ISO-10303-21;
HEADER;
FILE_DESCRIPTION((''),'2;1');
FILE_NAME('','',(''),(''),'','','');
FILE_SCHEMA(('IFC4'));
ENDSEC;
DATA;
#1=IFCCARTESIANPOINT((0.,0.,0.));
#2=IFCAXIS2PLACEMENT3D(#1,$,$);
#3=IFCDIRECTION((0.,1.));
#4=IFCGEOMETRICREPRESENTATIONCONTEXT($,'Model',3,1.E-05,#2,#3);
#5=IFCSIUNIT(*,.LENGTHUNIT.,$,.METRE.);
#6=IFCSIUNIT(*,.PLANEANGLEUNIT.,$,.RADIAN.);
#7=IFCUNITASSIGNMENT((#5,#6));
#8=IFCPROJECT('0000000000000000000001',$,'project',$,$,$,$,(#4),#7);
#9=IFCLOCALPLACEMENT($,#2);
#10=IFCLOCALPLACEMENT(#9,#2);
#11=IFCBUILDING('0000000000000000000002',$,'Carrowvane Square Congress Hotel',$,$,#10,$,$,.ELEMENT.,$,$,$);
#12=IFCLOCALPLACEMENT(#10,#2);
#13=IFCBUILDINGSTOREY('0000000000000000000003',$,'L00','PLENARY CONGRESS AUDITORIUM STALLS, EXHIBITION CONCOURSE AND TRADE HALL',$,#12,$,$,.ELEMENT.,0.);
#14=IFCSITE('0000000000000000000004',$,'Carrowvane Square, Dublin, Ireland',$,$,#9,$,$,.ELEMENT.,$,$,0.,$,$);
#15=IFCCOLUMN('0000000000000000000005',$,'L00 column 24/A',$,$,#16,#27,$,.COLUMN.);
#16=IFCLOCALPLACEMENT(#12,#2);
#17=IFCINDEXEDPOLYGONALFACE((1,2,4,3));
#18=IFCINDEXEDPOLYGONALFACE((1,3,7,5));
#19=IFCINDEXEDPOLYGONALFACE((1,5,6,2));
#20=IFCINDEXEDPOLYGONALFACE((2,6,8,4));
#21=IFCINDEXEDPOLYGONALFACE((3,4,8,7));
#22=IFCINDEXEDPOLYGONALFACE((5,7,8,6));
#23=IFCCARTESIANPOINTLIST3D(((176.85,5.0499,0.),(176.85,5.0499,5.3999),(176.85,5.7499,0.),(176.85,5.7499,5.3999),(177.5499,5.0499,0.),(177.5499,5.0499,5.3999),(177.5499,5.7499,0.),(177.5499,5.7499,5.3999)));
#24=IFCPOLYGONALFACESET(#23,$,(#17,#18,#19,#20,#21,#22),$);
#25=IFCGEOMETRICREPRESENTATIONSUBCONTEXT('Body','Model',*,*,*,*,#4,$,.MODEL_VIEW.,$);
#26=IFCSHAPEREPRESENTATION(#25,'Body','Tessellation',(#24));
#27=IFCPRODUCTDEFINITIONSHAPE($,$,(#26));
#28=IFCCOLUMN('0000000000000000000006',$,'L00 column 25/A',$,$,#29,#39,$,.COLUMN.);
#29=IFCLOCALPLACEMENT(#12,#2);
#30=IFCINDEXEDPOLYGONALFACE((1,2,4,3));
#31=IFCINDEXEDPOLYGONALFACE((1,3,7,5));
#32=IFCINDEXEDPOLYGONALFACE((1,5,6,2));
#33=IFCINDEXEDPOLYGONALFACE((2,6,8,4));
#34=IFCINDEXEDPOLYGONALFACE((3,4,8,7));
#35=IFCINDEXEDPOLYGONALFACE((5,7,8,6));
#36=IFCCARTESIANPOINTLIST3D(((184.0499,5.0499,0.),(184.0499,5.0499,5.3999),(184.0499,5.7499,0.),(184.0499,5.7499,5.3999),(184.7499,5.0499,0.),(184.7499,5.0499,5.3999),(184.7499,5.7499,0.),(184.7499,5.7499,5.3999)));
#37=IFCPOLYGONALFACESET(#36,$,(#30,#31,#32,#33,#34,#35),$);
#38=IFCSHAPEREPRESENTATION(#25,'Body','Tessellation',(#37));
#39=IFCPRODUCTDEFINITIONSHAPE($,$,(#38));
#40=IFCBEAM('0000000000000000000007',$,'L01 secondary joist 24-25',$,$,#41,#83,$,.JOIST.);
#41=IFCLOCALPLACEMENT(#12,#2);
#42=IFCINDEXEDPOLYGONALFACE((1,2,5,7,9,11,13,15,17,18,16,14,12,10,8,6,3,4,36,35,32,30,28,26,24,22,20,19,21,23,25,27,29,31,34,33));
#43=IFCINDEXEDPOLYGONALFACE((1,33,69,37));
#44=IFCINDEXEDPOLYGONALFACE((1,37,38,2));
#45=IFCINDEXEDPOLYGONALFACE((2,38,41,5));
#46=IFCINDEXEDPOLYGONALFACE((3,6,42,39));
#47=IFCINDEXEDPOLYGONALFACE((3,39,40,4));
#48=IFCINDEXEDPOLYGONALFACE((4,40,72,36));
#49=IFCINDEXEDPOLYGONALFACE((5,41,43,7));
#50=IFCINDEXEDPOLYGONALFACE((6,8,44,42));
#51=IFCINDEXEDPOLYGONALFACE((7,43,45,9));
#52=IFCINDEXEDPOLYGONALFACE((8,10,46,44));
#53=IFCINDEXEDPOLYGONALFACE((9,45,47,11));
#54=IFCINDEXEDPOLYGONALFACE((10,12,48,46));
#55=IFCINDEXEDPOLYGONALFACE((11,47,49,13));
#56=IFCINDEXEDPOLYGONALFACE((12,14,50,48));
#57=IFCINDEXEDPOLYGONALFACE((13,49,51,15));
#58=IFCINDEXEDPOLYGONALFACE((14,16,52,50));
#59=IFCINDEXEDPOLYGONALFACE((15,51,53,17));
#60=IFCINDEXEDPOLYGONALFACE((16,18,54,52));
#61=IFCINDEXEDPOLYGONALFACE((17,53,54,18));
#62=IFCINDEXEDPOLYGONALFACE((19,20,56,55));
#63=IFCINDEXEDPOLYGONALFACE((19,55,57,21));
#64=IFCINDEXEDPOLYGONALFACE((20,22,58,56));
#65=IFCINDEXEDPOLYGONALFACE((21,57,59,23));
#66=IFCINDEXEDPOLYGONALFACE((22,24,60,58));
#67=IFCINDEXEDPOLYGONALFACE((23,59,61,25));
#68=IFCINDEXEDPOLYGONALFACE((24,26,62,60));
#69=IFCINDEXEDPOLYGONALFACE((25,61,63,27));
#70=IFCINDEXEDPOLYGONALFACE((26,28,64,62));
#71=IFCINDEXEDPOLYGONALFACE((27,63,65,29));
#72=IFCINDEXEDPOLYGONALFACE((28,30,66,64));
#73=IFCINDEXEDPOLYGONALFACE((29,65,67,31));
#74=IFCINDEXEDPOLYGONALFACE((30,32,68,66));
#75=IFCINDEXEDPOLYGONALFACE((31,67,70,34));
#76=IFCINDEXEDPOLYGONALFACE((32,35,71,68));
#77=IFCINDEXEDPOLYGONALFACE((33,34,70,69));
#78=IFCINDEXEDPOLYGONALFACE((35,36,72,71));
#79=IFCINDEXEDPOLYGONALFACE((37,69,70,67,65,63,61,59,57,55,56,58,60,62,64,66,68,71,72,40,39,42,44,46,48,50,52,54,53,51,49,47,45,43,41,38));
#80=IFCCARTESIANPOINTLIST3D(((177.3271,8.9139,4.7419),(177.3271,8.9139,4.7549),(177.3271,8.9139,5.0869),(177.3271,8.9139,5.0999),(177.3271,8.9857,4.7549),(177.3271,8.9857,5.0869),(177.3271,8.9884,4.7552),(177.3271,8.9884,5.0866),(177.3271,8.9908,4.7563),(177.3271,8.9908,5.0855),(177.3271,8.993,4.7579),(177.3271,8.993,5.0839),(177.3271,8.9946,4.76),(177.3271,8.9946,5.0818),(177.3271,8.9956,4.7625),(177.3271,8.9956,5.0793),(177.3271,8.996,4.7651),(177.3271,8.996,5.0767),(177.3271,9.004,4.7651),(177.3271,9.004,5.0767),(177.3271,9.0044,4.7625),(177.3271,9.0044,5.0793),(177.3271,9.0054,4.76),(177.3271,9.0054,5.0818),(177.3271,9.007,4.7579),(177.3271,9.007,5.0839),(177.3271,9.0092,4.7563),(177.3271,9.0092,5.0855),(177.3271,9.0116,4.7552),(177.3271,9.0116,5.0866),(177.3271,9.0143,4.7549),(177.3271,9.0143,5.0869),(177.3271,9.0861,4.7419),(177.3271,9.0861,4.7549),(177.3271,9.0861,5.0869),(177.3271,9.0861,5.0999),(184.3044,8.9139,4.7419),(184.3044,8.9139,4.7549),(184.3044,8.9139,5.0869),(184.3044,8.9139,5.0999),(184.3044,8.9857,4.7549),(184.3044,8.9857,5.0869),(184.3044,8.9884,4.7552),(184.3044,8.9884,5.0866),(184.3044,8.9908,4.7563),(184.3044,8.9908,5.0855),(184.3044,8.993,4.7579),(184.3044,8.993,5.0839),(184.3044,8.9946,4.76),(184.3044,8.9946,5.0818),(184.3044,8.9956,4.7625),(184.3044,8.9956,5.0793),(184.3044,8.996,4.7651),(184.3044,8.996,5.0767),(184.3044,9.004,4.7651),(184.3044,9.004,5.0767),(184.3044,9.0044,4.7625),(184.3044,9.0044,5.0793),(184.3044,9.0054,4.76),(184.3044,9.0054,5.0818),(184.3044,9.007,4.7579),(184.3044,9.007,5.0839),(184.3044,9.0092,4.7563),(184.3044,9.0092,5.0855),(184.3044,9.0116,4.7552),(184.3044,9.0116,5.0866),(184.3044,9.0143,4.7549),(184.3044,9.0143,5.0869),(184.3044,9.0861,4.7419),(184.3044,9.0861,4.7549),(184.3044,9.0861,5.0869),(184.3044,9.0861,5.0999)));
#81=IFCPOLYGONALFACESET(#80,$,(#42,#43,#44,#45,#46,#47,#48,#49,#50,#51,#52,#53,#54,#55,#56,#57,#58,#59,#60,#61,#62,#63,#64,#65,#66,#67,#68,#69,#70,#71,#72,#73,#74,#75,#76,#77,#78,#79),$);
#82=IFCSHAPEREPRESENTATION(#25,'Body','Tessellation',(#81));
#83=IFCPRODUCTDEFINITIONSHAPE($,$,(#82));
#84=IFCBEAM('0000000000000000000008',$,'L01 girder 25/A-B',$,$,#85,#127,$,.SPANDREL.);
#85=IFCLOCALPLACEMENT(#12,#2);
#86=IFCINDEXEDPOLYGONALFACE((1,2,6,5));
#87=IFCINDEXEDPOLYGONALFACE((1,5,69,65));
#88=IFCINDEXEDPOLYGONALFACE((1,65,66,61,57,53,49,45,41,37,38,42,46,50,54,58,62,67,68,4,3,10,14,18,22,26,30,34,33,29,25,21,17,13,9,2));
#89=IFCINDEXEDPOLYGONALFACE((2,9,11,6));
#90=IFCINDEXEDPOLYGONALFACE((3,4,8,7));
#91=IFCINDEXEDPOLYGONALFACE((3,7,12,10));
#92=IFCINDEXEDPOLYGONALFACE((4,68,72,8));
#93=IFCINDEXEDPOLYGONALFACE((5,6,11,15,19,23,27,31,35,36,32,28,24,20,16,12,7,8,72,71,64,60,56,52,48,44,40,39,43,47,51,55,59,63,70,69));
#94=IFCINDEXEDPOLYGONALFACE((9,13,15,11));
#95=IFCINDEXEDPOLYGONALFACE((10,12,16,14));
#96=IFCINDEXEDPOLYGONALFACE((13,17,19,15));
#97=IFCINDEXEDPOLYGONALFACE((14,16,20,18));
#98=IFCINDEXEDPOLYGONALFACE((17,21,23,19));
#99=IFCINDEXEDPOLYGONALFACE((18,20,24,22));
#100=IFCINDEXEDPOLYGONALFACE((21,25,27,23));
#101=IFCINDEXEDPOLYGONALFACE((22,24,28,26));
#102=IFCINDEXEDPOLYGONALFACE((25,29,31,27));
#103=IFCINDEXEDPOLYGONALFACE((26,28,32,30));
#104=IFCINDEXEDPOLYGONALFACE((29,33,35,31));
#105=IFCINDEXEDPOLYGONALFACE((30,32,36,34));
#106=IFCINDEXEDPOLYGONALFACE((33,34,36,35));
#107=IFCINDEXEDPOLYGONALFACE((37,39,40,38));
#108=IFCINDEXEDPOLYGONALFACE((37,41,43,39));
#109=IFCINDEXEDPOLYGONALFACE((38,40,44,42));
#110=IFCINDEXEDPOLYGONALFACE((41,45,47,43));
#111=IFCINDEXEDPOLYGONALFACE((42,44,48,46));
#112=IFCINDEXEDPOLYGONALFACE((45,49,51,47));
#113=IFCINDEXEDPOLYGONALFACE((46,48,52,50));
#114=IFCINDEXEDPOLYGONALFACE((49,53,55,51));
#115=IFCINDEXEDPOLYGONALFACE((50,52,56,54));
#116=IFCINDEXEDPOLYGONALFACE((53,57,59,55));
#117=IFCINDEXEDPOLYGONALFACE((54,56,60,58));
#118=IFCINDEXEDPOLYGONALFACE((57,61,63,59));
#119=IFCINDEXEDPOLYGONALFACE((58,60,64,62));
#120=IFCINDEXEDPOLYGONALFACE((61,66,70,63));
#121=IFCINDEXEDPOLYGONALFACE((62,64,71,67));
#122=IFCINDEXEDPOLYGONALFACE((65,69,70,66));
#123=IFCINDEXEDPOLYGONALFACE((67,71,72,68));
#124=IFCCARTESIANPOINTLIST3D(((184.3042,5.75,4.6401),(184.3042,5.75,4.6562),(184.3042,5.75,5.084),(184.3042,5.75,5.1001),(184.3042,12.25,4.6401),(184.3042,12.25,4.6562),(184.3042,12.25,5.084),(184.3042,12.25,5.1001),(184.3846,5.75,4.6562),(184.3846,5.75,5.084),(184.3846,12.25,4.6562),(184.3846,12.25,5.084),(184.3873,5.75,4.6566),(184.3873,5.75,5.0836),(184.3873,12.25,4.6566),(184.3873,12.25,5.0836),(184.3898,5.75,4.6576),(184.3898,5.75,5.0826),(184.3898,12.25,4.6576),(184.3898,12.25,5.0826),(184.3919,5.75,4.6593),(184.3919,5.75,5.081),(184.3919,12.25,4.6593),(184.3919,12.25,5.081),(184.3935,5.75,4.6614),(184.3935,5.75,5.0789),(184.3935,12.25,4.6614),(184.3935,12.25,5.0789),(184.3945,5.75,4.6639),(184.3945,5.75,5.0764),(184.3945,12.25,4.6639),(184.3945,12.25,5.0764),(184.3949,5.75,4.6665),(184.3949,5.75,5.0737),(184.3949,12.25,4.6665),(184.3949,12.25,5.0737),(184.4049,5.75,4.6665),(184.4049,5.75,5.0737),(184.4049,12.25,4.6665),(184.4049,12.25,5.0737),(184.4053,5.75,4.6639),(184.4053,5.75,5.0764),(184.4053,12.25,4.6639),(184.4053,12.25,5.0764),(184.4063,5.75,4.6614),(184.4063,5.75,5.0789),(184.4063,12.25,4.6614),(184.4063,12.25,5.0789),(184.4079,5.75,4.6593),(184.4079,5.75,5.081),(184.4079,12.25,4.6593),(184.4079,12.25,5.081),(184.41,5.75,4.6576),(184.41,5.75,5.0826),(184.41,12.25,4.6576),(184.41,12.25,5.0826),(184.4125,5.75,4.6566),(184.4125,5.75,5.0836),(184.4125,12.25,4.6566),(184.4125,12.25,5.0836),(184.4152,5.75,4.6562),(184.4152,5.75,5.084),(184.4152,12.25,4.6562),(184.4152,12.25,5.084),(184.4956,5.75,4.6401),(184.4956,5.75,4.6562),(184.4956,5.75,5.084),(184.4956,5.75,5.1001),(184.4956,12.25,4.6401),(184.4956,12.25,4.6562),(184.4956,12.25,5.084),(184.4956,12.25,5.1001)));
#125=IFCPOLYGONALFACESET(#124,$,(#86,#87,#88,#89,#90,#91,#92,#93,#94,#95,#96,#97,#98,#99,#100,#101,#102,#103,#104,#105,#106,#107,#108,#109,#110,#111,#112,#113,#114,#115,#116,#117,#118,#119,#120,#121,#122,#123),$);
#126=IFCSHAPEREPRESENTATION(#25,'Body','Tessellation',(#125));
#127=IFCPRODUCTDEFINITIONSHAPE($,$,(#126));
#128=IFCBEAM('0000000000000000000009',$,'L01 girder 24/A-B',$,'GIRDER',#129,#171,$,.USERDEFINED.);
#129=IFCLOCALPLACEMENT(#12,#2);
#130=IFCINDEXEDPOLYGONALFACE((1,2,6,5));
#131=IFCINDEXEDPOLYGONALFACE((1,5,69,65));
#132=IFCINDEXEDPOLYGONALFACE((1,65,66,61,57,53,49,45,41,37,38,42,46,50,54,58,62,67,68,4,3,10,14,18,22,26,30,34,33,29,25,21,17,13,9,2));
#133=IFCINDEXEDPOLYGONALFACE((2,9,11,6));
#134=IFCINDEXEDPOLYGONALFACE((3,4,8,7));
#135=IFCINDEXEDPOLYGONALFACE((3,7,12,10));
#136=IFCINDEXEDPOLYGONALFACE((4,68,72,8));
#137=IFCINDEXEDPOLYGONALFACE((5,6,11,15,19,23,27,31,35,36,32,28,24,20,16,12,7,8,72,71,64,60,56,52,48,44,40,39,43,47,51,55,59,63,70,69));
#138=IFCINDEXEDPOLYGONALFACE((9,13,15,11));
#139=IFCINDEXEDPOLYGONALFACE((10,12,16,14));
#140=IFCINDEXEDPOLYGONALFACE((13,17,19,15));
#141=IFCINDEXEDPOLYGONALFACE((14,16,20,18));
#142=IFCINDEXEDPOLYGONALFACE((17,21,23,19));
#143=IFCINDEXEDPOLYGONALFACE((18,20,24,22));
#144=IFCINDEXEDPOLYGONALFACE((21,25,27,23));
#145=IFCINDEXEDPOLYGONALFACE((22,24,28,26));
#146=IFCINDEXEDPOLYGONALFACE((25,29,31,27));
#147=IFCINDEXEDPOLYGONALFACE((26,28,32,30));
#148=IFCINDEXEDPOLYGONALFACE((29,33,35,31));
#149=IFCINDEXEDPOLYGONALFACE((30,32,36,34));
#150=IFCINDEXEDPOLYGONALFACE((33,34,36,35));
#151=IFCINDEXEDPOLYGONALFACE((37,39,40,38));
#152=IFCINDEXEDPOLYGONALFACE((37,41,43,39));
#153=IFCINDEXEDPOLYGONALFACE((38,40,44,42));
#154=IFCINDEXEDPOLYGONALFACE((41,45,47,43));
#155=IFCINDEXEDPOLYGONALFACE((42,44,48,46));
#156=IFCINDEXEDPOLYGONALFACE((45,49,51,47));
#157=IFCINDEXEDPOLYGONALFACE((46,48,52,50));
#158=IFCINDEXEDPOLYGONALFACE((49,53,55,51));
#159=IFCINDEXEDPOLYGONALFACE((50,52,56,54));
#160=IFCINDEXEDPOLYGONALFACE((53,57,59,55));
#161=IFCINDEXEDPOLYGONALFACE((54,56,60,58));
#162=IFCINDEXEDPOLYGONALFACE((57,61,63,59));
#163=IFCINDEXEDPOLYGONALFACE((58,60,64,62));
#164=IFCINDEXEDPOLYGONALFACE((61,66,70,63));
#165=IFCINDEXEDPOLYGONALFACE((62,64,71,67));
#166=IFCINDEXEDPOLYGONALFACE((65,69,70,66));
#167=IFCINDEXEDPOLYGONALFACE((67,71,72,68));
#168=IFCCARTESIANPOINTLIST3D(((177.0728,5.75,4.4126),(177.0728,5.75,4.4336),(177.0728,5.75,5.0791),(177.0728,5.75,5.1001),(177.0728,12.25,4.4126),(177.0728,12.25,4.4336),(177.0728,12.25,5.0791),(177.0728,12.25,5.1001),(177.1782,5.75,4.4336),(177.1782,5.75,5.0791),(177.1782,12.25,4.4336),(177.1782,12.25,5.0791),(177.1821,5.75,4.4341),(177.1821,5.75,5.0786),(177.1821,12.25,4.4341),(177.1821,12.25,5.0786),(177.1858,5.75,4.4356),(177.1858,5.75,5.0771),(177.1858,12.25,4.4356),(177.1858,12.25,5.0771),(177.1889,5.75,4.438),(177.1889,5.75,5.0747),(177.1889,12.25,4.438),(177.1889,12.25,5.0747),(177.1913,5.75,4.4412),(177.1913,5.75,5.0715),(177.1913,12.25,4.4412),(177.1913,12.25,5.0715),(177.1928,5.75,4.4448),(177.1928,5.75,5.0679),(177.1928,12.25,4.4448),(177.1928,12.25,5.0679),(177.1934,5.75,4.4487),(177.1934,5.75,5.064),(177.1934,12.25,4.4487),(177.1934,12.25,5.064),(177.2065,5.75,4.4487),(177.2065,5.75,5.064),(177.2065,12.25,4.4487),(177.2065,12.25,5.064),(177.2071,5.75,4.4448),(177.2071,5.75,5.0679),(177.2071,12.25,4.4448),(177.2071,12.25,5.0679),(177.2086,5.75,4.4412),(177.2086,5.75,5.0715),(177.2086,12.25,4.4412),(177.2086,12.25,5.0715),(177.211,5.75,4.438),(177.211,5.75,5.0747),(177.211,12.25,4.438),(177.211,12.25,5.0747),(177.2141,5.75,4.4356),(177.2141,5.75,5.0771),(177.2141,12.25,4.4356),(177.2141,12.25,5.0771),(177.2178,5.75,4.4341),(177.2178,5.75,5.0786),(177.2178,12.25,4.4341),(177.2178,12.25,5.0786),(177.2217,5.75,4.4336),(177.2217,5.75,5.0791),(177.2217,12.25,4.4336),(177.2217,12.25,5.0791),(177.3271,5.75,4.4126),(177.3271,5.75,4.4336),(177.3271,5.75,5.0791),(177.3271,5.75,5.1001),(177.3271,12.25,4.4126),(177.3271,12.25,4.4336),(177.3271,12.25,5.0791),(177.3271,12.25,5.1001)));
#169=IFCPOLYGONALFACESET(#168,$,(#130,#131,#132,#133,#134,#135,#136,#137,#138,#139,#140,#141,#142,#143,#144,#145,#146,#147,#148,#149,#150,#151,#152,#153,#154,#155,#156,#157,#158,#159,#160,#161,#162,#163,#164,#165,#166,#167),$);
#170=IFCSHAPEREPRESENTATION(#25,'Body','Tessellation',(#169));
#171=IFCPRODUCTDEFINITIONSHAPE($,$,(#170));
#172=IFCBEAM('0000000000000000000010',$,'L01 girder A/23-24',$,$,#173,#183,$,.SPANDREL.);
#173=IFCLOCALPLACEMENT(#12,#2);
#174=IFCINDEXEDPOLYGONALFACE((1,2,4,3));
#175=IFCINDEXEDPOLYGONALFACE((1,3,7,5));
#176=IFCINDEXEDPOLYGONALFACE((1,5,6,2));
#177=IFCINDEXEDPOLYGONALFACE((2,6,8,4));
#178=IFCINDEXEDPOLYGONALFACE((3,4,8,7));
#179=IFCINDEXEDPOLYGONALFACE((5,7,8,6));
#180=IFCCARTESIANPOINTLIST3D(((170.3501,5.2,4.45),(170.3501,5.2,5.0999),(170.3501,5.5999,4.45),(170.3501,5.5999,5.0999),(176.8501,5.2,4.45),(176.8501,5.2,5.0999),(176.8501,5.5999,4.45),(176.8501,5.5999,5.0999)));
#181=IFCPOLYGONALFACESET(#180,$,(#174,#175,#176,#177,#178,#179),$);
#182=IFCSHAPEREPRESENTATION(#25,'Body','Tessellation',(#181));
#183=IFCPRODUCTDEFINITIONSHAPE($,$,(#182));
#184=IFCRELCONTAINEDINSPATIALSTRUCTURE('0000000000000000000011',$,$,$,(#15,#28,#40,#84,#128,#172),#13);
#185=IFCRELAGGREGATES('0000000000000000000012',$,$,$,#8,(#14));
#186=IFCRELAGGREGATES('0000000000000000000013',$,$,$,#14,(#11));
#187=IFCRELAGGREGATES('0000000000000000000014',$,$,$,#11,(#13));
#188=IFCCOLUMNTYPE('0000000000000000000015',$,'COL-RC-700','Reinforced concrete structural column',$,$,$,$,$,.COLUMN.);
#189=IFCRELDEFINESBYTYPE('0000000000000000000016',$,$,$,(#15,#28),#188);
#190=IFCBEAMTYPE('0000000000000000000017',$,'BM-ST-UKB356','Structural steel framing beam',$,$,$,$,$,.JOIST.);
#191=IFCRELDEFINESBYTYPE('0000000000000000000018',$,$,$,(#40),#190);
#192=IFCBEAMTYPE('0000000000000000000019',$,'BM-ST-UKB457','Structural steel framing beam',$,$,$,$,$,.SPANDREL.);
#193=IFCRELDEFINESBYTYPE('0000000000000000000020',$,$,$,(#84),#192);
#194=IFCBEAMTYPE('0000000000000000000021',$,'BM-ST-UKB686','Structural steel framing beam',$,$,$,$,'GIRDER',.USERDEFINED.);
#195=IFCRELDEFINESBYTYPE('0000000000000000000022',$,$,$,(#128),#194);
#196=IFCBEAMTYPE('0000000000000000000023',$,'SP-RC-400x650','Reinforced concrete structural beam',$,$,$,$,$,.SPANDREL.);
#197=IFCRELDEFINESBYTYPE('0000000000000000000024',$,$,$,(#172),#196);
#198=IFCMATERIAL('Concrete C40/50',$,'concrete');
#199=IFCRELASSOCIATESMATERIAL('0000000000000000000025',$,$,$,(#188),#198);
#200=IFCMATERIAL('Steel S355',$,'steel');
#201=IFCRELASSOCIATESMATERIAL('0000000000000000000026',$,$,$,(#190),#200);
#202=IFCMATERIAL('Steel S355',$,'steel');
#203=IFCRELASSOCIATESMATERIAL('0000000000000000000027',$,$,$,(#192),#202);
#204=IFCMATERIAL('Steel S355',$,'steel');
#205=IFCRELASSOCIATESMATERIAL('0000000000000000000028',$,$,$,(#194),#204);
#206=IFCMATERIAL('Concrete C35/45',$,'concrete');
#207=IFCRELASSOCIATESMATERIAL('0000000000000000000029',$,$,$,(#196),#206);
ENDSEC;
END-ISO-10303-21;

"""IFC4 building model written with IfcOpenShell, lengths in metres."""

from ifc_helpers import new_model, si_unit, direction, frame, origin, origin_2d, place, context, subcontext, project, spatial, rectangle, i_section, extrude, material, material_profile, profile_set, type_object, element, save


model = new_model("IFC4")

# Units and contexts
model_context = context("Model", 3, precision=1e-05, world=origin(), true_north=direction((0.0, 1.0)))
body_context = subcontext(model_context, "Body", "Model", "MODEL_VIEW")
ifc_project = project(units=[si_unit("LENGTHUNIT", "METRE"), si_unit("PLANEANGLEUNIT", "RADIAN")], contexts=[model_context])

# Site, building, storey
site_placement = place(None, origin())
site = spatial("IfcSite", under=ifc_project, at=site_placement, Name="Carrowvane Square, Dublin, Ireland", CompositionType="ELEMENT", RefElevation=0.0)
building_placement = place(site_placement, origin())
building = spatial("IfcBuilding", under=site, at=building_placement, Name="Carrowvane Square Congress Hotel", CompositionType="ELEMENT")
storey_placement = place(building_placement, origin())
storey = spatial("IfcBuildingStorey", under=building, at=storey_placement, Name="L00", Description="PLENARY CONGRESS AUDITORIUM STALLS, EXHIBITION CONCOURSE AND TRADE HALL", CompositionType="ELEMENT", Elevation=0.0)

# Columns
ifc_material_1 = material(Name="Concrete C40/50", Category="concrete")
ifc_material_profile_1 = material_profile(ifc_material_1, rectangle(XDim=0.7, YDim=0.7, at=origin_2d()), Name="RC 700x700")
ifc_profile_set_1 = profile_set([ifc_material_profile_1], Name="Concrete C40/50")
column_type = type_object("IfcColumnType", Name="COL-RC-700", Description="Reinforced concrete structural column", PredefinedType="COLUMN", material=ifc_profile_set_1)
for number, where, z_axis, x_axis, name in (
    (1, (177.2, 5.3999, 0.0), (0.0, 0.0, 1.0), (1.0, 0.0, 0.0), "L00 column 24/A"),
    (2, (184.3999, 5.3999, 0.0), (0.0, 0.0, 1.0), (1.0, 0.0, 0.0), "L00 column 25/A"),
):
    element("IfcColumn", number, at=place(storey_placement, frame(where, z_axis=z_axis, x_axis=x_axis)), inside=storey, type_object=column_type, Name=name, PredefinedType="COLUMN", context=body_context, shape_type="SweptSolid", body=[
        extrude(rectangle(XDim=0.7, YDim=0.7, at=origin_2d()), origin(), (0.0, 0.0, 1.0), 5.3999),
    ])

# Beams
ifc_material_2 = material(Name="Steel S355", Category="steel")
ifc_material_profile_2 = material_profile(ifc_material_2, i_section(OverallWidth=0.1721, OverallDepth=0.3579, WebThickness=0.0081, FlangeThickness=0.0129, FilletRadius=0.0103, at=origin_2d()), Name="UKB 356x171x57")
ifc_profile_set_2 = profile_set([ifc_material_profile_2], Name="Steel S355")
beam_type_1 = type_object("IfcBeamType", Name="BM-ST-UKB356", Description="Structural steel framing beam", PredefinedType="JOIST", material=ifc_profile_set_2)
beam_1_placement = place(storey_placement, frame((177.3271, 9.0, 4.9209), z_axis=(1.0, 0.0, 0.0), x_axis=(0.0, 1.0, 0.0)))
element("IfcBeam", 3, at=beam_1_placement, inside=storey, type_object=beam_type_1, Name="L01 secondary joist 24-25", PredefinedType="JOIST", context=body_context, shape_type="SweptSolid", body=[
    extrude(i_section(OverallWidth=0.1721, OverallDepth=0.3579, WebThickness=0.0081, FlangeThickness=0.0129, FilletRadius=0.0103, at=origin_2d()), origin(), (0.0, 0.0, 1.0), 6.9773),
])
ifc_material_3 = material(Name="Steel S355", Category="steel")
ifc_material_profile_3 = material_profile(ifc_material_3, i_section(OverallWidth=0.1914, OverallDepth=0.46, WebThickness=0.01, FlangeThickness=0.0161, FilletRadius=0.0103, at=origin_2d()), Name="UKB 457x191x82")
ifc_profile_set_3 = profile_set([ifc_material_profile_3], Name="Steel S355")
beam_type_2 = type_object("IfcBeamType", Name="BM-ST-UKB457", Description="Structural steel framing beam", PredefinedType="SPANDREL", material=ifc_profile_set_3)
beam_2_placement = place(storey_placement, frame((184.3999, 5.75, 4.8701), z_axis=(0.0, 1.0, 0.0), x_axis=(-1.0, 0.0, 0.0)))
element("IfcBeam", 4, at=beam_2_placement, inside=storey, type_object=beam_type_2, Name="L01 girder 25/A-B", PredefinedType="SPANDREL", context=body_context, shape_type="SweptSolid", body=[
    extrude(i_section(OverallWidth=0.1914, OverallDepth=0.46, WebThickness=0.01, FlangeThickness=0.0161, FilletRadius=0.0103, at=origin_2d()), origin(), (0.0, 0.0, 1.0), 6.5),
])
ifc_material_4 = material(Name="Steel S355", Category="steel")
ifc_material_profile_4 = material_profile(ifc_material_4, i_section(OverallWidth=0.2544, OverallDepth=0.6875, WebThickness=0.0132, FlangeThickness=0.021, FilletRadius=0.0151, at=origin_2d()), Name="UKB 686x254x152")
ifc_profile_set_4 = profile_set([ifc_material_profile_4], Name="Steel S355")
beam_type_3 = type_object("IfcBeamType", Name="BM-ST-UKB686", Description="Structural steel framing beam", ElementType="GIRDER", PredefinedType="USERDEFINED", material=ifc_profile_set_4)
beam_3_placement = place(storey_placement, frame((177.2, 5.75, 4.7563), z_axis=(0.0, 1.0, 0.0), x_axis=(-1.0, 0.0, 0.0)))
element("IfcBeam", 5, at=beam_3_placement, inside=storey, type_object=beam_type_3, Name="L01 girder 24/A-B", ObjectType="GIRDER", PredefinedType="USERDEFINED", context=body_context, shape_type="SweptSolid", body=[
    extrude(i_section(OverallWidth=0.2544, OverallDepth=0.6875, WebThickness=0.0132, FlangeThickness=0.021, FilletRadius=0.0151, at=origin_2d()), origin(), (0.0, 0.0, 1.0), 6.5),
])
ifc_material_5 = material(Name="Concrete C35/45", Category="concrete")
ifc_material_profile_5 = material_profile(ifc_material_5, rectangle(XDim=0.3999, YDim=0.6499, at=origin_2d()), Name="RC 400x650")
ifc_profile_set_5 = profile_set([ifc_material_profile_5], Name="Concrete C35/45")
beam_type_4 = type_object("IfcBeamType", Name="SP-RC-400x650", Description="Reinforced concrete structural beam", PredefinedType="SPANDREL", material=ifc_profile_set_5)
for number, where, z_axis, x_axis, name in (
    (6, (170.3501, 5.3999, 4.7749), (1.0, 0.0, 0.0), (0.0, 1.0, 0.0), "L01 girder A/23-24"),
):
    element("IfcBeam", number, at=place(storey_placement, frame(where, z_axis=z_axis, x_axis=x_axis)), inside=storey, type_object=beam_type_4, Name=name, PredefinedType="SPANDREL", context=body_context, shape_type="SweptSolid", body=[
        extrude(rectangle(XDim=0.3999, YDim=0.6499, at=origin_2d()), origin(), (0.0, 0.0, 1.0), 6.5),
    ])

save(model, "model.ifc")
